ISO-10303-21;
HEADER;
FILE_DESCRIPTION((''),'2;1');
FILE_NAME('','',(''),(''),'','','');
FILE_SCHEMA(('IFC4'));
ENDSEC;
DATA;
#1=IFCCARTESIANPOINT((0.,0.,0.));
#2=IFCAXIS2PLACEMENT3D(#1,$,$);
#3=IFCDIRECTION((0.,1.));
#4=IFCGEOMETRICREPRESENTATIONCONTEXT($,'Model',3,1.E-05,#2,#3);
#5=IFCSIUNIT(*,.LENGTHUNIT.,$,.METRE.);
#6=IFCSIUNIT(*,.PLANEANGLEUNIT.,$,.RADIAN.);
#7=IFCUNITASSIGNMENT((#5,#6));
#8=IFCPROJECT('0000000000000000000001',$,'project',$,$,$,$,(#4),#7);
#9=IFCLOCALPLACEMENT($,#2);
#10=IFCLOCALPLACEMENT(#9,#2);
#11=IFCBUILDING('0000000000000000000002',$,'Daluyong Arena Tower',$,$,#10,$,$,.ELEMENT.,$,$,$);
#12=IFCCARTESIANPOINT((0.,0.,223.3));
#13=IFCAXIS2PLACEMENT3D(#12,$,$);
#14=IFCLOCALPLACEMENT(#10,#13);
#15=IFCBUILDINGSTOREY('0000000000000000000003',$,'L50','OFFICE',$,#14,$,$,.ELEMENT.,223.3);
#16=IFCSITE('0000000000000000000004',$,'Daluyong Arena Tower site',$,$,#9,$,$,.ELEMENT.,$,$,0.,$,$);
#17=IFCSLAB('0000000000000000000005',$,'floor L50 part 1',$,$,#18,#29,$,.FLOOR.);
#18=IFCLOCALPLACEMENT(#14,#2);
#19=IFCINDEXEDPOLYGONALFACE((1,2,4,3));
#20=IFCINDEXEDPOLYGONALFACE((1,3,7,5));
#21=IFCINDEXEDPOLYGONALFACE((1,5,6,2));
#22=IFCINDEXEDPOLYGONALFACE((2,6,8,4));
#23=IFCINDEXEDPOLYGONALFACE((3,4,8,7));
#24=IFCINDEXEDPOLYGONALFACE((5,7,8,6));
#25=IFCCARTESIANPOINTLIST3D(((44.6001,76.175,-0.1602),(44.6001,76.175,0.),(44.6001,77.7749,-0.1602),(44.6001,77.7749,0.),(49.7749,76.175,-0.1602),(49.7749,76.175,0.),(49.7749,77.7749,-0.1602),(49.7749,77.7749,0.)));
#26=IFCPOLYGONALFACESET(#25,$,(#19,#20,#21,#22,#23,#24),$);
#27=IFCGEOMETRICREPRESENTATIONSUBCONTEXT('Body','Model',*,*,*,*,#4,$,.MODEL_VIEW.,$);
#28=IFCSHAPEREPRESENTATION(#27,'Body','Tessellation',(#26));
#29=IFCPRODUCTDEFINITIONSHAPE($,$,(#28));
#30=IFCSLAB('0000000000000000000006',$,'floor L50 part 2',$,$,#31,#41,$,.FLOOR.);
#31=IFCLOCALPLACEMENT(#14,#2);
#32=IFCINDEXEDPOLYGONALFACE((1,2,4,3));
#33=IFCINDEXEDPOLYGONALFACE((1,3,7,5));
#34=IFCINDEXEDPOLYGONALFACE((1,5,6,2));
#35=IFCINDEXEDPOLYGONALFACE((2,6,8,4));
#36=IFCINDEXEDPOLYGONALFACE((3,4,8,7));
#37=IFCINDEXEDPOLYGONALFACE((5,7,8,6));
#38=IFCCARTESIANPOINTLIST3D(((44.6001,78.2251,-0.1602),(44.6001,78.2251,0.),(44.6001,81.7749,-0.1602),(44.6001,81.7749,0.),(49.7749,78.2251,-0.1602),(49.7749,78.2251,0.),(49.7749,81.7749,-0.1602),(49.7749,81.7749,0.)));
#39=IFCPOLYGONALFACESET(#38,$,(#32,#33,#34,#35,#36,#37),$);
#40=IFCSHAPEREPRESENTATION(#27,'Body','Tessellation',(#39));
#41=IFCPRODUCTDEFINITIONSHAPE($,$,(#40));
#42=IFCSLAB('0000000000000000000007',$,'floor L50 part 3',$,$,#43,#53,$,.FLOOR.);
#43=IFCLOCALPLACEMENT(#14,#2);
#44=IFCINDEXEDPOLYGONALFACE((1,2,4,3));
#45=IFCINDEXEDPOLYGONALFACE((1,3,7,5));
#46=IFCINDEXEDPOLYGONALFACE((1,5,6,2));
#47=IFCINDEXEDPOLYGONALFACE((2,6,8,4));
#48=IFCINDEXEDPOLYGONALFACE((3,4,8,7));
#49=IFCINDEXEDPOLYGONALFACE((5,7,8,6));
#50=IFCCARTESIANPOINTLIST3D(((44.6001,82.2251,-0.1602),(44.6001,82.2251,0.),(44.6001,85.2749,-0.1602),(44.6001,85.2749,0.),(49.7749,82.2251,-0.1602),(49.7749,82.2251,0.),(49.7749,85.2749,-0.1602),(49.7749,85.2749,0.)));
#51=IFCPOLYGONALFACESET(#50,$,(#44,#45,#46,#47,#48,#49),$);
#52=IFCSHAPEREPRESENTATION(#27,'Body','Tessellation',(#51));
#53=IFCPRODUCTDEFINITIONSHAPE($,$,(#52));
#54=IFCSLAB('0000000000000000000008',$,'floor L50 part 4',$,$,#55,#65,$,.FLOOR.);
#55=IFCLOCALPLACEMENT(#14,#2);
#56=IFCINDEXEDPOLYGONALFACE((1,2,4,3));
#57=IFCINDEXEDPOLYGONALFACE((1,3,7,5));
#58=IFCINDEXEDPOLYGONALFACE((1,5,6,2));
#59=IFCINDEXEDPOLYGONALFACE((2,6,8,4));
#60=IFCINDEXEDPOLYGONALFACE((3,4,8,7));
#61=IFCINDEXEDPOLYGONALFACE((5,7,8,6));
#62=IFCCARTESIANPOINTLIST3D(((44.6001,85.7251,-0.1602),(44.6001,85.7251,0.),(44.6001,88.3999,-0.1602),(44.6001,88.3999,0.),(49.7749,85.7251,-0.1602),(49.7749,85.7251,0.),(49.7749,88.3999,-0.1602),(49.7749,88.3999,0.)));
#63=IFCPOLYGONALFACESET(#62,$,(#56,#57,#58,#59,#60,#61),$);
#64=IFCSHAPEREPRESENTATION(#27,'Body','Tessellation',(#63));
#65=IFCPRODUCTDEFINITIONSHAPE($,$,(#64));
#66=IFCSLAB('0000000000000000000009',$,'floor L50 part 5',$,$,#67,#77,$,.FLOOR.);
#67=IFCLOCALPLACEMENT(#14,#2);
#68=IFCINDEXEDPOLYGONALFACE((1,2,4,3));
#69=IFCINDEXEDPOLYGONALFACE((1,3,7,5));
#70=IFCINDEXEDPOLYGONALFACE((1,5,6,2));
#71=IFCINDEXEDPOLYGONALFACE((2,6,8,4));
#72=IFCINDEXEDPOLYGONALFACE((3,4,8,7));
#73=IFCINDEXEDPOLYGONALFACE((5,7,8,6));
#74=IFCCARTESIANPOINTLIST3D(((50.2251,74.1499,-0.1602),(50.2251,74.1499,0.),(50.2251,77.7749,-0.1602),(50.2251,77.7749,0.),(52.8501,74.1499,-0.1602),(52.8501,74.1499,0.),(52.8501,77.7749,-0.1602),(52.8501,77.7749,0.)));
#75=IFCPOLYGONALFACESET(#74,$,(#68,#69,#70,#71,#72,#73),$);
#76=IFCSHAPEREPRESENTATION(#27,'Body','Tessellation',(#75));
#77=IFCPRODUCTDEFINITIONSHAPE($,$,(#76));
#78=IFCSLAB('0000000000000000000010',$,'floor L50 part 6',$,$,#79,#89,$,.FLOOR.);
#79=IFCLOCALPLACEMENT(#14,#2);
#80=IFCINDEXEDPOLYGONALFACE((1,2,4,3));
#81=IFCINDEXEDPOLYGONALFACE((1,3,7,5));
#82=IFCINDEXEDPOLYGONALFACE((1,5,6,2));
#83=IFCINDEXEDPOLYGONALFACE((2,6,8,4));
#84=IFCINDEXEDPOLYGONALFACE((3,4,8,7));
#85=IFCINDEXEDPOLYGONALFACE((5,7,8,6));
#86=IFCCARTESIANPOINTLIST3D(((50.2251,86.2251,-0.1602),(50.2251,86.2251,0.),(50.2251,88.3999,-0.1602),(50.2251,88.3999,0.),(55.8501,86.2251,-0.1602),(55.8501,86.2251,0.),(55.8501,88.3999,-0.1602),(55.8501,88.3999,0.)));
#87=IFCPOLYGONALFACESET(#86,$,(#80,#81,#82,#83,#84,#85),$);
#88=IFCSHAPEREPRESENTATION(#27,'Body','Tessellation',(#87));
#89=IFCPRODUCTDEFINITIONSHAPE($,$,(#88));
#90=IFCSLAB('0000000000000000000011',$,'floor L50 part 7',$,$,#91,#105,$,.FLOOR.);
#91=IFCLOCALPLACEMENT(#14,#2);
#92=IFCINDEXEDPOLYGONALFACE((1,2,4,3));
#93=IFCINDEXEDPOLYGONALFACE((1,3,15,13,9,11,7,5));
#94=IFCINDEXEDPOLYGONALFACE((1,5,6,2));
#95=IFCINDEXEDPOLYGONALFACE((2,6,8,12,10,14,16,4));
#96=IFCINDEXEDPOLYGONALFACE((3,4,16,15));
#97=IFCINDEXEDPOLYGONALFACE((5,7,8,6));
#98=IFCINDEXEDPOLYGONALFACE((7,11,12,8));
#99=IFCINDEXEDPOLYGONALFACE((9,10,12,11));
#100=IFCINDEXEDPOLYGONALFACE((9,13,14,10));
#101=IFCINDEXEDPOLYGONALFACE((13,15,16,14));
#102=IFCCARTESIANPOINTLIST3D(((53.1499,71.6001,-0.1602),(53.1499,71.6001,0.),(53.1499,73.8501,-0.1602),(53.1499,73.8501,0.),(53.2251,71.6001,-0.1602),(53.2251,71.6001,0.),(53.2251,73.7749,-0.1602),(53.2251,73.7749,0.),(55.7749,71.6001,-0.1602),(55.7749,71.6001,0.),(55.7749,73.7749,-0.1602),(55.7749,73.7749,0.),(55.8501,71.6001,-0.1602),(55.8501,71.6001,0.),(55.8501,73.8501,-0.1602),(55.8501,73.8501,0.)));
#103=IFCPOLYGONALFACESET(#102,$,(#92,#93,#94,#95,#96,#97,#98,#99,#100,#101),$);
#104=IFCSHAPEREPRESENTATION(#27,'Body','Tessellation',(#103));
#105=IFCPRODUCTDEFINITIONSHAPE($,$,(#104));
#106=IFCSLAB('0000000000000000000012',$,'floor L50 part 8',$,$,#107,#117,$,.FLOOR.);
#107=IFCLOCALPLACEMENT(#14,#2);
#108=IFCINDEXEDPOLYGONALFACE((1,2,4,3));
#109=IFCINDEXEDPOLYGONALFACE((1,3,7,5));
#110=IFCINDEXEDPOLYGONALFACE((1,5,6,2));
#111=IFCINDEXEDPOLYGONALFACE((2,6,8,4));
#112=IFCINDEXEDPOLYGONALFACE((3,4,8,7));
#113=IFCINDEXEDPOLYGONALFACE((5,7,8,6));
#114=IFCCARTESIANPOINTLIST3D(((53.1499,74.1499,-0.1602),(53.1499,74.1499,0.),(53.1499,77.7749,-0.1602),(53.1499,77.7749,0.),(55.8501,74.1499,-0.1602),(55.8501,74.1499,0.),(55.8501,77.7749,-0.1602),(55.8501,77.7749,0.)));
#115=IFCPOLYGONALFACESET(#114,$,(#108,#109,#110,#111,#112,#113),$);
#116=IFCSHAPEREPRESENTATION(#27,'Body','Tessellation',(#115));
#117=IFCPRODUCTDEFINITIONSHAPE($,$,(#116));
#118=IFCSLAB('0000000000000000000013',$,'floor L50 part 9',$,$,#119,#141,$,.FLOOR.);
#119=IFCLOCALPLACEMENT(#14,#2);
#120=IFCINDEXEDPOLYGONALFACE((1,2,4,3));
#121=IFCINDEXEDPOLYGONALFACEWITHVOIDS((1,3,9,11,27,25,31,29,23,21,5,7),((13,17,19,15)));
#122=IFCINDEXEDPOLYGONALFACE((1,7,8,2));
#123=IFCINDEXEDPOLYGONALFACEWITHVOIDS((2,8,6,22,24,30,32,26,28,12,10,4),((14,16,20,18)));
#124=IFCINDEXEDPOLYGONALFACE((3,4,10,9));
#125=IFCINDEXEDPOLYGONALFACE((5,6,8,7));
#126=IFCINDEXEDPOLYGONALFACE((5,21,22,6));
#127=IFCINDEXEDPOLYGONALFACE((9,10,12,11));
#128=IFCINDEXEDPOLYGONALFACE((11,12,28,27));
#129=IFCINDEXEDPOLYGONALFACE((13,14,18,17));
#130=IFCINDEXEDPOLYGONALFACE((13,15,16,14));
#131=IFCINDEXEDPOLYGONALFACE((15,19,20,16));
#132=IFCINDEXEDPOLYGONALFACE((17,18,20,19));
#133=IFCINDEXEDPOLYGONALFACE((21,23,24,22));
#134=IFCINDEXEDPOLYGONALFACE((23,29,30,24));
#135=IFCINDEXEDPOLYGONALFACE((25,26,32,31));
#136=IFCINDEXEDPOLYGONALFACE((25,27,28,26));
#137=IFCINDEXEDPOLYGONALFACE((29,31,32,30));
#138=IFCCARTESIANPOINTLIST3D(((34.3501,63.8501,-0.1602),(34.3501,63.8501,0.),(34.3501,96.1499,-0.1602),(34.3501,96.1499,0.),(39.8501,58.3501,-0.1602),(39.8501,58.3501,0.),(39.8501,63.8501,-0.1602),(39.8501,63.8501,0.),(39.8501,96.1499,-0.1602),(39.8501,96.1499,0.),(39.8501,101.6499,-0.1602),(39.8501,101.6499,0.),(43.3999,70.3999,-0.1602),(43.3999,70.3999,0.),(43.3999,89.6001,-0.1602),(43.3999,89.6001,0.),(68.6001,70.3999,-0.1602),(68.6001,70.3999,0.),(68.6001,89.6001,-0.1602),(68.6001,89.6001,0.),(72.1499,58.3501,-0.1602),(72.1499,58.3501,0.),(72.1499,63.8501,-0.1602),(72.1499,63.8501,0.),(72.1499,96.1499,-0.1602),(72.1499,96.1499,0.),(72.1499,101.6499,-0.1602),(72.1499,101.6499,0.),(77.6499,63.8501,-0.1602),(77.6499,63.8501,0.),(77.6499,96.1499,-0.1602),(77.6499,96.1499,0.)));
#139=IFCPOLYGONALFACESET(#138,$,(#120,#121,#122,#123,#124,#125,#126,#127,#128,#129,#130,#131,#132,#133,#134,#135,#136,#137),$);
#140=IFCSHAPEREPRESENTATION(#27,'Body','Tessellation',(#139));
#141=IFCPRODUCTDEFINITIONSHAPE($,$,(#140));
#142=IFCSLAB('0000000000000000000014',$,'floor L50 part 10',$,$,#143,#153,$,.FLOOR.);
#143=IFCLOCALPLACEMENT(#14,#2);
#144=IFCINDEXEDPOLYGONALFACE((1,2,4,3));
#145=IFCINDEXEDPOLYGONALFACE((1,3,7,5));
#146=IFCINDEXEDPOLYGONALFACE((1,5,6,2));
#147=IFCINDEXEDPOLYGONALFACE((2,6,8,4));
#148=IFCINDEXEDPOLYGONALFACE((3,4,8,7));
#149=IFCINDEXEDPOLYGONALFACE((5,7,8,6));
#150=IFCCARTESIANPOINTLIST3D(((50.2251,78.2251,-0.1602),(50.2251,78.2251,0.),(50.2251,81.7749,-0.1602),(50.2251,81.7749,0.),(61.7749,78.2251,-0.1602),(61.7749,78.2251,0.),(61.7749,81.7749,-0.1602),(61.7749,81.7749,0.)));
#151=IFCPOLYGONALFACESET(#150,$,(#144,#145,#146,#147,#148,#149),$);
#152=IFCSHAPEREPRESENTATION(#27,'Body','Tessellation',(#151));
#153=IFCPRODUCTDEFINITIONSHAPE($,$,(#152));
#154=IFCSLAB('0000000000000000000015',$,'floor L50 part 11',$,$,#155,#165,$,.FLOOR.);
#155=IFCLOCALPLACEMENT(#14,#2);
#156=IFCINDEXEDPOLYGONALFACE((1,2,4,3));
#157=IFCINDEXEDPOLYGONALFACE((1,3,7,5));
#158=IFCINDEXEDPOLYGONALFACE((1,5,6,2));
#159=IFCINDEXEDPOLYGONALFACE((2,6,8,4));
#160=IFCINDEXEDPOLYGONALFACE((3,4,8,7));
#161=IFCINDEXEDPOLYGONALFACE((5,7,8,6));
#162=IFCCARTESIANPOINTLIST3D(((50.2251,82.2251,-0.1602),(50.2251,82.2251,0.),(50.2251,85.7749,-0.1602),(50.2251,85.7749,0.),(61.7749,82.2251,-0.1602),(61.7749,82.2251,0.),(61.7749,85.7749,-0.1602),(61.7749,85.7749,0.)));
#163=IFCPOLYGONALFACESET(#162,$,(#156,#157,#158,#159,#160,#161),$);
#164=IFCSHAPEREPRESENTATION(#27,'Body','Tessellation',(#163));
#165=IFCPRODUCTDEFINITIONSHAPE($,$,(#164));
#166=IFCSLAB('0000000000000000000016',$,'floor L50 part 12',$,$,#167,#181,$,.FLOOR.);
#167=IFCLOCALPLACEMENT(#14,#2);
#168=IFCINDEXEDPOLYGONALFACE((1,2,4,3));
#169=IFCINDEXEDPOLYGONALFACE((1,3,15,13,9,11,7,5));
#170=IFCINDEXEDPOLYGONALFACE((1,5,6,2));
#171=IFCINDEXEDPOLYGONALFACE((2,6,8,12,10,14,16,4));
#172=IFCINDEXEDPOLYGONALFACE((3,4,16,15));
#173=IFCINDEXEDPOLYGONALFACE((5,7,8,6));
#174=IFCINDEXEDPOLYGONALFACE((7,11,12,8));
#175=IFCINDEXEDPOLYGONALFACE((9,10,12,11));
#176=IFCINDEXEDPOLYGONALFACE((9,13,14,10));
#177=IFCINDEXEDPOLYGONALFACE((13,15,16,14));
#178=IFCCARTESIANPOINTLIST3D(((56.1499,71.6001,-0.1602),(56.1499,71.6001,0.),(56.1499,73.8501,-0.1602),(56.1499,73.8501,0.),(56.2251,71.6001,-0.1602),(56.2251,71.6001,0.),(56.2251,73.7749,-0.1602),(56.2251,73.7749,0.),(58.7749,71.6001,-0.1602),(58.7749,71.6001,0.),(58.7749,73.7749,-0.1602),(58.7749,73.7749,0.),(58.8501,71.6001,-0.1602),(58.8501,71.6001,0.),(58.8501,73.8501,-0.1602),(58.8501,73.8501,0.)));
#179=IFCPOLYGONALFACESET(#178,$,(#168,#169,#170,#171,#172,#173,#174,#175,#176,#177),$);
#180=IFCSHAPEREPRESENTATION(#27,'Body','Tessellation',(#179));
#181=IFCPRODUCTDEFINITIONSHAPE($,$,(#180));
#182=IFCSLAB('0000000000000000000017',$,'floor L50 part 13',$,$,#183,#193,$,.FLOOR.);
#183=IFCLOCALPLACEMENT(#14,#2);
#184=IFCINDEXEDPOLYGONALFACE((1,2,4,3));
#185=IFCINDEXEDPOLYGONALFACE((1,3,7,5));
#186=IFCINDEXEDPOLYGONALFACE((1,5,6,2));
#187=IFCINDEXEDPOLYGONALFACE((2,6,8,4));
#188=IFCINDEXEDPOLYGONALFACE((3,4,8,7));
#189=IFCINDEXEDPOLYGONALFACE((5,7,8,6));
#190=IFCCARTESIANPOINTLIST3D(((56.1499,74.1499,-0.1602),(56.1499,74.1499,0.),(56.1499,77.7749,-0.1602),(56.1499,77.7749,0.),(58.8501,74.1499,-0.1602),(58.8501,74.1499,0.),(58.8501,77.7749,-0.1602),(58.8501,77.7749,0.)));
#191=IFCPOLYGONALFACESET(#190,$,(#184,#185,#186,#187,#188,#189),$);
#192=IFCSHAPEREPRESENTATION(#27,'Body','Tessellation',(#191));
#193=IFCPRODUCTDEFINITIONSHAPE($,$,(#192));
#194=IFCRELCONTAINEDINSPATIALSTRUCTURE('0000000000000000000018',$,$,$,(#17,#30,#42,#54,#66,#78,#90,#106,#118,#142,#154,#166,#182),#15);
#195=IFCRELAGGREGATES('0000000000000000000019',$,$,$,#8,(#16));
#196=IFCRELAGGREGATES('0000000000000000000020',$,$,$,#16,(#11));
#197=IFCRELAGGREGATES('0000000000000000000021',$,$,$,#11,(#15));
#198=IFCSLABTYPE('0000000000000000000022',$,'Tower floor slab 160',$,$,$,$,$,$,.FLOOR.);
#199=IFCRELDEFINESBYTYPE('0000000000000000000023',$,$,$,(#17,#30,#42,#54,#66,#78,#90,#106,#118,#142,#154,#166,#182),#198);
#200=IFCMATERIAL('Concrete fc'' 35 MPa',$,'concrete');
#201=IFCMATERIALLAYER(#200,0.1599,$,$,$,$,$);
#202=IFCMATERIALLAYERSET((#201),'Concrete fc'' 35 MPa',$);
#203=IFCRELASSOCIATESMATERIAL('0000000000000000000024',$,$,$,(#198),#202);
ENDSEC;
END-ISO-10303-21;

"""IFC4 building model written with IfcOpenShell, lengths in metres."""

from ifc_helpers import new_model, si_unit, direction, frame, origin, place, context, subcontext, project, spatial, polyline, outline, extrude, material, layer, layer_set, type_object, element, save


model = new_model("IFC4")

# Units and contexts
model_context = context("Model", 3, precision=1e-05, world=origin(), true_north=direction((0.0, 1.0)))
body_context = subcontext(model_context, "Body", "Model", "MODEL_VIEW")
ifc_project = project(units=[si_unit("LENGTHUNIT", "METRE"), si_unit("PLANEANGLEUNIT", "RADIAN")], contexts=[model_context])

# Site, building, storey
site_placement = place(None, origin())
site = spatial("IfcSite", under=ifc_project, at=site_placement, Name="Daluyong Arena Tower site", CompositionType="ELEMENT", RefElevation=0.0)
building_placement = place(site_placement, origin())
building = spatial("IfcBuilding", under=site, at=building_placement, Name="Daluyong Arena Tower", CompositionType="ELEMENT")
storey_placement = place(building_placement, frame((0.0, 0.0, 223.3)))
storey = spatial("IfcBuildingStorey", under=building, at=storey_placement, Name="L50", Description="OFFICE", CompositionType="ELEMENT", Elevation=223.3)

# Slabs
ifc_material_1 = material(Name="Concrete fc' 35 MPa", Category="concrete")
ifc_layer_1 = layer(ifc_material_1, 0.1599)
ifc_layer_set_1 = layer_set([ifc_layer_1], Name="Concrete fc' 35 MPa")
slab_type = type_object("IfcSlabType", Name="Tower floor slab 160", PredefinedType="FLOOR", material=ifc_layer_set_1)
slab_1_placement = place(storey_placement, frame((0.0, 0.0, -0.1602)))
element("IfcSlab", 1, at=slab_1_placement, inside=storey, type_object=slab_type, Name="floor L50 part 1", PredefinedType="FLOOR", context=body_context, shape_type="SweptSolid", body=[
    extrude(outline(polyline([(49.7749, 77.7749), (44.6001, 77.7749), (44.6001, 76.175), (49.7749, 76.175), (49.7749, 77.7749)])), origin(), (0.0, 0.0, 1.0), 0.1602),
])
slab_2_placement = place(storey_placement, frame((0.0, 0.0, -0.1602)))
element("IfcSlab", 2, at=slab_2_placement, inside=storey, type_object=slab_type, Name="floor L50 part 2", PredefinedType="FLOOR", context=body_context, shape_type="SweptSolid", body=[
    extrude(outline(polyline([(49.7749, 78.2251), (49.7749, 81.7749), (44.6001, 81.7749), (44.6001, 78.2251), (49.7749, 78.2251)])), origin(), (0.0, 0.0, 1.0), 0.1602),
])
slab_3_placement = place(storey_placement, frame((0.0, 0.0, -0.1602)))
element("IfcSlab", 3, at=slab_3_placement, inside=storey, type_object=slab_type, Name="floor L50 part 3", PredefinedType="FLOOR", context=body_context, shape_type="SweptSolid", body=[
    extrude(outline(polyline([(44.6001, 85.2749), (44.6001, 82.2251), (49.7749, 82.2251), (49.7749, 85.2749), (44.6001, 85.2749)])), origin(), (0.0, 0.0, 1.0), 0.1602),
])
slab_4_placement = place(storey_placement, frame((0.0, 0.0, -0.1602)))
element("IfcSlab", 4, at=slab_4_placement, inside=storey, type_object=slab_type, Name="floor L50 part 4", PredefinedType="FLOOR", context=body_context, shape_type="SweptSolid", body=[
    extrude(outline(polyline([(44.6001, 88.3999), (44.6001, 85.7251), (49.7749, 85.7251), (49.7749, 88.3999), (44.6001, 88.3999)])), origin(), (0.0, 0.0, 1.0), 0.1602),
])
slab_5_placement = place(storey_placement, frame((0.0, 0.0, -0.1602)))
element("IfcSlab", 5, at=slab_5_placement, inside=storey, type_object=slab_type, Name="floor L50 part 5", PredefinedType="FLOOR", context=body_context, shape_type="SweptSolid", body=[
    extrude(outline(polyline([(52.8501, 74.1499), (52.8501, 77.7749), (50.2251, 77.7749), (50.2251, 74.1499), (52.8501, 74.1499)])), origin(), (0.0, 0.0, 1.0), 0.1602),
])
slab_6_placement = place(storey_placement, frame((0.0, 0.0, -0.1602)))
element("IfcSlab", 6, at=slab_6_placement, inside=storey, type_object=slab_type, Name="floor L50 part 6", PredefinedType="FLOOR", context=body_context, shape_type="SweptSolid", body=[
    extrude(outline(polyline([(50.2251, 88.3999), (50.2251, 86.2251), (55.8501, 86.2251), (55.8501, 88.3999), (50.2251, 88.3999)])), origin(), (0.0, 0.0, 1.0), 0.1602),
])
slab_7_placement = place(storey_placement, frame((0.0, 0.0, -0.1602)))
element("IfcSlab", 7, at=slab_7_placement, inside=storey, type_object=slab_type, Name="floor L50 part 7", PredefinedType="FLOOR", context=body_context, shape_type="SweptSolid", body=[
    extrude(outline(polyline([(53.2251, 71.6001), (53.2251, 73.7749), (55.7749, 73.7749), (55.7749, 71.6001), (55.8501, 71.6001), (55.8501, 73.8501), (53.1499, 73.8501), (53.1499, 71.6001), (53.2251, 71.6001)])), origin(), (0.0, 0.0, 1.0), 0.1602),
])
slab_8_placement = place(storey_placement, frame((0.0, 0.0, -0.1602)))
element("IfcSlab", 8, at=slab_8_placement, inside=storey, type_object=slab_type, Name="floor L50 part 8", PredefinedType="FLOOR", context=body_context, shape_type="SweptSolid", body=[
    extrude(outline(polyline([(53.1499, 74.1499), (55.8501, 74.1499), (55.8501, 77.7749), (53.1499, 77.7749), (53.1499, 74.1499)])), origin(), (0.0, 0.0, 1.0), 0.1602),
])
slab_9_placement = place(storey_placement, frame((0.0, 0.0, -0.1602)))
element("IfcSlab", 9, at=slab_9_placement, inside=storey, type_object=slab_type, Name="floor L50 part 9", PredefinedType="FLOOR", context=body_context, shape_type="SweptSolid", body=[
    extrude(outline(polyline([(39.8501, 63.8501), (39.8501, 58.3501), (72.1499, 58.3501), (72.1499, 63.8501), (77.6499, 63.8501), (77.6499, 96.1499), (72.1499, 96.1499), (72.1499, 101.6499), (39.8501, 101.6499), (39.8501, 96.1499), (34.3501, 96.1499), (34.3501, 63.8501), (39.8501, 63.8501)]), holes=[polyline([(68.6001, 89.6001), (68.6001, 70.3999), (43.3999, 70.3999), (43.3999, 89.6001), (68.6001, 89.6001)])]), origin(), (0.0, 0.0, 1.0), 0.1602),
])
slab_10_placement = place(storey_placement, frame((0.0, 0.0, -0.1602)))
element("IfcSlab", 10, at=slab_10_placement, inside=storey, type_object=slab_type, Name="floor L50 part 10", PredefinedType="FLOOR", context=body_context, shape_type="SweptSolid", body=[
    extrude(outline(polyline([(50.2251, 81.7749), (50.2251, 78.2251), (61.7749, 78.2251), (61.7749, 81.7749), (50.2251, 81.7749)])), origin(), (0.0, 0.0, 1.0), 0.1602),
])
slab_11_placement = place(storey_placement, frame((0.0, 0.0, -0.1602)))
element("IfcSlab", 11, at=slab_11_placement, inside=storey, type_object=slab_type, Name="floor L50 part 11", PredefinedType="FLOOR", context=body_context, shape_type="SweptSolid", body=[
    extrude(outline(polyline([(50.2251, 85.7749), (50.2251, 82.2251), (61.7749, 82.2251), (61.7749, 85.7749), (50.2251, 85.7749)])), origin(), (0.0, 0.0, 1.0), 0.1602),
])
slab_12_placement = place(storey_placement, frame((0.0, 0.0, -0.1602)))
element("IfcSlab", 12, at=slab_12_placement, inside=storey, type_object=slab_type, Name="floor L50 part 12", PredefinedType="FLOOR", context=body_context, shape_type="SweptSolid", body=[
    extrude(outline(polyline([(56.2251, 71.6001), (56.2251, 73.7749), (58.7749, 73.7749), (58.7749, 71.6001), (58.8501, 71.6001), (58.8501, 73.8501), (56.1499, 73.8501), (56.1499, 71.6001), (56.2251, 71.6001)])), origin(), (0.0, 0.0, 1.0), 0.1602),
])
slab_13_placement = place(storey_placement, frame((0.0, 0.0, -0.1602)))
element("IfcSlab", 13, at=slab_13_placement, inside=storey, type_object=slab_type, Name="floor L50 part 13", PredefinedType="FLOOR", context=body_context, shape_type="SweptSolid", body=[
    extrude(outline(polyline([(58.8501, 77.7749), (56.1499, 77.7749), (56.1499, 74.1499), (58.8501, 74.1499), (58.8501, 77.7749)])), origin(), (0.0, 0.0, 1.0), 0.1602),
])

save(model, "model.ifc")
